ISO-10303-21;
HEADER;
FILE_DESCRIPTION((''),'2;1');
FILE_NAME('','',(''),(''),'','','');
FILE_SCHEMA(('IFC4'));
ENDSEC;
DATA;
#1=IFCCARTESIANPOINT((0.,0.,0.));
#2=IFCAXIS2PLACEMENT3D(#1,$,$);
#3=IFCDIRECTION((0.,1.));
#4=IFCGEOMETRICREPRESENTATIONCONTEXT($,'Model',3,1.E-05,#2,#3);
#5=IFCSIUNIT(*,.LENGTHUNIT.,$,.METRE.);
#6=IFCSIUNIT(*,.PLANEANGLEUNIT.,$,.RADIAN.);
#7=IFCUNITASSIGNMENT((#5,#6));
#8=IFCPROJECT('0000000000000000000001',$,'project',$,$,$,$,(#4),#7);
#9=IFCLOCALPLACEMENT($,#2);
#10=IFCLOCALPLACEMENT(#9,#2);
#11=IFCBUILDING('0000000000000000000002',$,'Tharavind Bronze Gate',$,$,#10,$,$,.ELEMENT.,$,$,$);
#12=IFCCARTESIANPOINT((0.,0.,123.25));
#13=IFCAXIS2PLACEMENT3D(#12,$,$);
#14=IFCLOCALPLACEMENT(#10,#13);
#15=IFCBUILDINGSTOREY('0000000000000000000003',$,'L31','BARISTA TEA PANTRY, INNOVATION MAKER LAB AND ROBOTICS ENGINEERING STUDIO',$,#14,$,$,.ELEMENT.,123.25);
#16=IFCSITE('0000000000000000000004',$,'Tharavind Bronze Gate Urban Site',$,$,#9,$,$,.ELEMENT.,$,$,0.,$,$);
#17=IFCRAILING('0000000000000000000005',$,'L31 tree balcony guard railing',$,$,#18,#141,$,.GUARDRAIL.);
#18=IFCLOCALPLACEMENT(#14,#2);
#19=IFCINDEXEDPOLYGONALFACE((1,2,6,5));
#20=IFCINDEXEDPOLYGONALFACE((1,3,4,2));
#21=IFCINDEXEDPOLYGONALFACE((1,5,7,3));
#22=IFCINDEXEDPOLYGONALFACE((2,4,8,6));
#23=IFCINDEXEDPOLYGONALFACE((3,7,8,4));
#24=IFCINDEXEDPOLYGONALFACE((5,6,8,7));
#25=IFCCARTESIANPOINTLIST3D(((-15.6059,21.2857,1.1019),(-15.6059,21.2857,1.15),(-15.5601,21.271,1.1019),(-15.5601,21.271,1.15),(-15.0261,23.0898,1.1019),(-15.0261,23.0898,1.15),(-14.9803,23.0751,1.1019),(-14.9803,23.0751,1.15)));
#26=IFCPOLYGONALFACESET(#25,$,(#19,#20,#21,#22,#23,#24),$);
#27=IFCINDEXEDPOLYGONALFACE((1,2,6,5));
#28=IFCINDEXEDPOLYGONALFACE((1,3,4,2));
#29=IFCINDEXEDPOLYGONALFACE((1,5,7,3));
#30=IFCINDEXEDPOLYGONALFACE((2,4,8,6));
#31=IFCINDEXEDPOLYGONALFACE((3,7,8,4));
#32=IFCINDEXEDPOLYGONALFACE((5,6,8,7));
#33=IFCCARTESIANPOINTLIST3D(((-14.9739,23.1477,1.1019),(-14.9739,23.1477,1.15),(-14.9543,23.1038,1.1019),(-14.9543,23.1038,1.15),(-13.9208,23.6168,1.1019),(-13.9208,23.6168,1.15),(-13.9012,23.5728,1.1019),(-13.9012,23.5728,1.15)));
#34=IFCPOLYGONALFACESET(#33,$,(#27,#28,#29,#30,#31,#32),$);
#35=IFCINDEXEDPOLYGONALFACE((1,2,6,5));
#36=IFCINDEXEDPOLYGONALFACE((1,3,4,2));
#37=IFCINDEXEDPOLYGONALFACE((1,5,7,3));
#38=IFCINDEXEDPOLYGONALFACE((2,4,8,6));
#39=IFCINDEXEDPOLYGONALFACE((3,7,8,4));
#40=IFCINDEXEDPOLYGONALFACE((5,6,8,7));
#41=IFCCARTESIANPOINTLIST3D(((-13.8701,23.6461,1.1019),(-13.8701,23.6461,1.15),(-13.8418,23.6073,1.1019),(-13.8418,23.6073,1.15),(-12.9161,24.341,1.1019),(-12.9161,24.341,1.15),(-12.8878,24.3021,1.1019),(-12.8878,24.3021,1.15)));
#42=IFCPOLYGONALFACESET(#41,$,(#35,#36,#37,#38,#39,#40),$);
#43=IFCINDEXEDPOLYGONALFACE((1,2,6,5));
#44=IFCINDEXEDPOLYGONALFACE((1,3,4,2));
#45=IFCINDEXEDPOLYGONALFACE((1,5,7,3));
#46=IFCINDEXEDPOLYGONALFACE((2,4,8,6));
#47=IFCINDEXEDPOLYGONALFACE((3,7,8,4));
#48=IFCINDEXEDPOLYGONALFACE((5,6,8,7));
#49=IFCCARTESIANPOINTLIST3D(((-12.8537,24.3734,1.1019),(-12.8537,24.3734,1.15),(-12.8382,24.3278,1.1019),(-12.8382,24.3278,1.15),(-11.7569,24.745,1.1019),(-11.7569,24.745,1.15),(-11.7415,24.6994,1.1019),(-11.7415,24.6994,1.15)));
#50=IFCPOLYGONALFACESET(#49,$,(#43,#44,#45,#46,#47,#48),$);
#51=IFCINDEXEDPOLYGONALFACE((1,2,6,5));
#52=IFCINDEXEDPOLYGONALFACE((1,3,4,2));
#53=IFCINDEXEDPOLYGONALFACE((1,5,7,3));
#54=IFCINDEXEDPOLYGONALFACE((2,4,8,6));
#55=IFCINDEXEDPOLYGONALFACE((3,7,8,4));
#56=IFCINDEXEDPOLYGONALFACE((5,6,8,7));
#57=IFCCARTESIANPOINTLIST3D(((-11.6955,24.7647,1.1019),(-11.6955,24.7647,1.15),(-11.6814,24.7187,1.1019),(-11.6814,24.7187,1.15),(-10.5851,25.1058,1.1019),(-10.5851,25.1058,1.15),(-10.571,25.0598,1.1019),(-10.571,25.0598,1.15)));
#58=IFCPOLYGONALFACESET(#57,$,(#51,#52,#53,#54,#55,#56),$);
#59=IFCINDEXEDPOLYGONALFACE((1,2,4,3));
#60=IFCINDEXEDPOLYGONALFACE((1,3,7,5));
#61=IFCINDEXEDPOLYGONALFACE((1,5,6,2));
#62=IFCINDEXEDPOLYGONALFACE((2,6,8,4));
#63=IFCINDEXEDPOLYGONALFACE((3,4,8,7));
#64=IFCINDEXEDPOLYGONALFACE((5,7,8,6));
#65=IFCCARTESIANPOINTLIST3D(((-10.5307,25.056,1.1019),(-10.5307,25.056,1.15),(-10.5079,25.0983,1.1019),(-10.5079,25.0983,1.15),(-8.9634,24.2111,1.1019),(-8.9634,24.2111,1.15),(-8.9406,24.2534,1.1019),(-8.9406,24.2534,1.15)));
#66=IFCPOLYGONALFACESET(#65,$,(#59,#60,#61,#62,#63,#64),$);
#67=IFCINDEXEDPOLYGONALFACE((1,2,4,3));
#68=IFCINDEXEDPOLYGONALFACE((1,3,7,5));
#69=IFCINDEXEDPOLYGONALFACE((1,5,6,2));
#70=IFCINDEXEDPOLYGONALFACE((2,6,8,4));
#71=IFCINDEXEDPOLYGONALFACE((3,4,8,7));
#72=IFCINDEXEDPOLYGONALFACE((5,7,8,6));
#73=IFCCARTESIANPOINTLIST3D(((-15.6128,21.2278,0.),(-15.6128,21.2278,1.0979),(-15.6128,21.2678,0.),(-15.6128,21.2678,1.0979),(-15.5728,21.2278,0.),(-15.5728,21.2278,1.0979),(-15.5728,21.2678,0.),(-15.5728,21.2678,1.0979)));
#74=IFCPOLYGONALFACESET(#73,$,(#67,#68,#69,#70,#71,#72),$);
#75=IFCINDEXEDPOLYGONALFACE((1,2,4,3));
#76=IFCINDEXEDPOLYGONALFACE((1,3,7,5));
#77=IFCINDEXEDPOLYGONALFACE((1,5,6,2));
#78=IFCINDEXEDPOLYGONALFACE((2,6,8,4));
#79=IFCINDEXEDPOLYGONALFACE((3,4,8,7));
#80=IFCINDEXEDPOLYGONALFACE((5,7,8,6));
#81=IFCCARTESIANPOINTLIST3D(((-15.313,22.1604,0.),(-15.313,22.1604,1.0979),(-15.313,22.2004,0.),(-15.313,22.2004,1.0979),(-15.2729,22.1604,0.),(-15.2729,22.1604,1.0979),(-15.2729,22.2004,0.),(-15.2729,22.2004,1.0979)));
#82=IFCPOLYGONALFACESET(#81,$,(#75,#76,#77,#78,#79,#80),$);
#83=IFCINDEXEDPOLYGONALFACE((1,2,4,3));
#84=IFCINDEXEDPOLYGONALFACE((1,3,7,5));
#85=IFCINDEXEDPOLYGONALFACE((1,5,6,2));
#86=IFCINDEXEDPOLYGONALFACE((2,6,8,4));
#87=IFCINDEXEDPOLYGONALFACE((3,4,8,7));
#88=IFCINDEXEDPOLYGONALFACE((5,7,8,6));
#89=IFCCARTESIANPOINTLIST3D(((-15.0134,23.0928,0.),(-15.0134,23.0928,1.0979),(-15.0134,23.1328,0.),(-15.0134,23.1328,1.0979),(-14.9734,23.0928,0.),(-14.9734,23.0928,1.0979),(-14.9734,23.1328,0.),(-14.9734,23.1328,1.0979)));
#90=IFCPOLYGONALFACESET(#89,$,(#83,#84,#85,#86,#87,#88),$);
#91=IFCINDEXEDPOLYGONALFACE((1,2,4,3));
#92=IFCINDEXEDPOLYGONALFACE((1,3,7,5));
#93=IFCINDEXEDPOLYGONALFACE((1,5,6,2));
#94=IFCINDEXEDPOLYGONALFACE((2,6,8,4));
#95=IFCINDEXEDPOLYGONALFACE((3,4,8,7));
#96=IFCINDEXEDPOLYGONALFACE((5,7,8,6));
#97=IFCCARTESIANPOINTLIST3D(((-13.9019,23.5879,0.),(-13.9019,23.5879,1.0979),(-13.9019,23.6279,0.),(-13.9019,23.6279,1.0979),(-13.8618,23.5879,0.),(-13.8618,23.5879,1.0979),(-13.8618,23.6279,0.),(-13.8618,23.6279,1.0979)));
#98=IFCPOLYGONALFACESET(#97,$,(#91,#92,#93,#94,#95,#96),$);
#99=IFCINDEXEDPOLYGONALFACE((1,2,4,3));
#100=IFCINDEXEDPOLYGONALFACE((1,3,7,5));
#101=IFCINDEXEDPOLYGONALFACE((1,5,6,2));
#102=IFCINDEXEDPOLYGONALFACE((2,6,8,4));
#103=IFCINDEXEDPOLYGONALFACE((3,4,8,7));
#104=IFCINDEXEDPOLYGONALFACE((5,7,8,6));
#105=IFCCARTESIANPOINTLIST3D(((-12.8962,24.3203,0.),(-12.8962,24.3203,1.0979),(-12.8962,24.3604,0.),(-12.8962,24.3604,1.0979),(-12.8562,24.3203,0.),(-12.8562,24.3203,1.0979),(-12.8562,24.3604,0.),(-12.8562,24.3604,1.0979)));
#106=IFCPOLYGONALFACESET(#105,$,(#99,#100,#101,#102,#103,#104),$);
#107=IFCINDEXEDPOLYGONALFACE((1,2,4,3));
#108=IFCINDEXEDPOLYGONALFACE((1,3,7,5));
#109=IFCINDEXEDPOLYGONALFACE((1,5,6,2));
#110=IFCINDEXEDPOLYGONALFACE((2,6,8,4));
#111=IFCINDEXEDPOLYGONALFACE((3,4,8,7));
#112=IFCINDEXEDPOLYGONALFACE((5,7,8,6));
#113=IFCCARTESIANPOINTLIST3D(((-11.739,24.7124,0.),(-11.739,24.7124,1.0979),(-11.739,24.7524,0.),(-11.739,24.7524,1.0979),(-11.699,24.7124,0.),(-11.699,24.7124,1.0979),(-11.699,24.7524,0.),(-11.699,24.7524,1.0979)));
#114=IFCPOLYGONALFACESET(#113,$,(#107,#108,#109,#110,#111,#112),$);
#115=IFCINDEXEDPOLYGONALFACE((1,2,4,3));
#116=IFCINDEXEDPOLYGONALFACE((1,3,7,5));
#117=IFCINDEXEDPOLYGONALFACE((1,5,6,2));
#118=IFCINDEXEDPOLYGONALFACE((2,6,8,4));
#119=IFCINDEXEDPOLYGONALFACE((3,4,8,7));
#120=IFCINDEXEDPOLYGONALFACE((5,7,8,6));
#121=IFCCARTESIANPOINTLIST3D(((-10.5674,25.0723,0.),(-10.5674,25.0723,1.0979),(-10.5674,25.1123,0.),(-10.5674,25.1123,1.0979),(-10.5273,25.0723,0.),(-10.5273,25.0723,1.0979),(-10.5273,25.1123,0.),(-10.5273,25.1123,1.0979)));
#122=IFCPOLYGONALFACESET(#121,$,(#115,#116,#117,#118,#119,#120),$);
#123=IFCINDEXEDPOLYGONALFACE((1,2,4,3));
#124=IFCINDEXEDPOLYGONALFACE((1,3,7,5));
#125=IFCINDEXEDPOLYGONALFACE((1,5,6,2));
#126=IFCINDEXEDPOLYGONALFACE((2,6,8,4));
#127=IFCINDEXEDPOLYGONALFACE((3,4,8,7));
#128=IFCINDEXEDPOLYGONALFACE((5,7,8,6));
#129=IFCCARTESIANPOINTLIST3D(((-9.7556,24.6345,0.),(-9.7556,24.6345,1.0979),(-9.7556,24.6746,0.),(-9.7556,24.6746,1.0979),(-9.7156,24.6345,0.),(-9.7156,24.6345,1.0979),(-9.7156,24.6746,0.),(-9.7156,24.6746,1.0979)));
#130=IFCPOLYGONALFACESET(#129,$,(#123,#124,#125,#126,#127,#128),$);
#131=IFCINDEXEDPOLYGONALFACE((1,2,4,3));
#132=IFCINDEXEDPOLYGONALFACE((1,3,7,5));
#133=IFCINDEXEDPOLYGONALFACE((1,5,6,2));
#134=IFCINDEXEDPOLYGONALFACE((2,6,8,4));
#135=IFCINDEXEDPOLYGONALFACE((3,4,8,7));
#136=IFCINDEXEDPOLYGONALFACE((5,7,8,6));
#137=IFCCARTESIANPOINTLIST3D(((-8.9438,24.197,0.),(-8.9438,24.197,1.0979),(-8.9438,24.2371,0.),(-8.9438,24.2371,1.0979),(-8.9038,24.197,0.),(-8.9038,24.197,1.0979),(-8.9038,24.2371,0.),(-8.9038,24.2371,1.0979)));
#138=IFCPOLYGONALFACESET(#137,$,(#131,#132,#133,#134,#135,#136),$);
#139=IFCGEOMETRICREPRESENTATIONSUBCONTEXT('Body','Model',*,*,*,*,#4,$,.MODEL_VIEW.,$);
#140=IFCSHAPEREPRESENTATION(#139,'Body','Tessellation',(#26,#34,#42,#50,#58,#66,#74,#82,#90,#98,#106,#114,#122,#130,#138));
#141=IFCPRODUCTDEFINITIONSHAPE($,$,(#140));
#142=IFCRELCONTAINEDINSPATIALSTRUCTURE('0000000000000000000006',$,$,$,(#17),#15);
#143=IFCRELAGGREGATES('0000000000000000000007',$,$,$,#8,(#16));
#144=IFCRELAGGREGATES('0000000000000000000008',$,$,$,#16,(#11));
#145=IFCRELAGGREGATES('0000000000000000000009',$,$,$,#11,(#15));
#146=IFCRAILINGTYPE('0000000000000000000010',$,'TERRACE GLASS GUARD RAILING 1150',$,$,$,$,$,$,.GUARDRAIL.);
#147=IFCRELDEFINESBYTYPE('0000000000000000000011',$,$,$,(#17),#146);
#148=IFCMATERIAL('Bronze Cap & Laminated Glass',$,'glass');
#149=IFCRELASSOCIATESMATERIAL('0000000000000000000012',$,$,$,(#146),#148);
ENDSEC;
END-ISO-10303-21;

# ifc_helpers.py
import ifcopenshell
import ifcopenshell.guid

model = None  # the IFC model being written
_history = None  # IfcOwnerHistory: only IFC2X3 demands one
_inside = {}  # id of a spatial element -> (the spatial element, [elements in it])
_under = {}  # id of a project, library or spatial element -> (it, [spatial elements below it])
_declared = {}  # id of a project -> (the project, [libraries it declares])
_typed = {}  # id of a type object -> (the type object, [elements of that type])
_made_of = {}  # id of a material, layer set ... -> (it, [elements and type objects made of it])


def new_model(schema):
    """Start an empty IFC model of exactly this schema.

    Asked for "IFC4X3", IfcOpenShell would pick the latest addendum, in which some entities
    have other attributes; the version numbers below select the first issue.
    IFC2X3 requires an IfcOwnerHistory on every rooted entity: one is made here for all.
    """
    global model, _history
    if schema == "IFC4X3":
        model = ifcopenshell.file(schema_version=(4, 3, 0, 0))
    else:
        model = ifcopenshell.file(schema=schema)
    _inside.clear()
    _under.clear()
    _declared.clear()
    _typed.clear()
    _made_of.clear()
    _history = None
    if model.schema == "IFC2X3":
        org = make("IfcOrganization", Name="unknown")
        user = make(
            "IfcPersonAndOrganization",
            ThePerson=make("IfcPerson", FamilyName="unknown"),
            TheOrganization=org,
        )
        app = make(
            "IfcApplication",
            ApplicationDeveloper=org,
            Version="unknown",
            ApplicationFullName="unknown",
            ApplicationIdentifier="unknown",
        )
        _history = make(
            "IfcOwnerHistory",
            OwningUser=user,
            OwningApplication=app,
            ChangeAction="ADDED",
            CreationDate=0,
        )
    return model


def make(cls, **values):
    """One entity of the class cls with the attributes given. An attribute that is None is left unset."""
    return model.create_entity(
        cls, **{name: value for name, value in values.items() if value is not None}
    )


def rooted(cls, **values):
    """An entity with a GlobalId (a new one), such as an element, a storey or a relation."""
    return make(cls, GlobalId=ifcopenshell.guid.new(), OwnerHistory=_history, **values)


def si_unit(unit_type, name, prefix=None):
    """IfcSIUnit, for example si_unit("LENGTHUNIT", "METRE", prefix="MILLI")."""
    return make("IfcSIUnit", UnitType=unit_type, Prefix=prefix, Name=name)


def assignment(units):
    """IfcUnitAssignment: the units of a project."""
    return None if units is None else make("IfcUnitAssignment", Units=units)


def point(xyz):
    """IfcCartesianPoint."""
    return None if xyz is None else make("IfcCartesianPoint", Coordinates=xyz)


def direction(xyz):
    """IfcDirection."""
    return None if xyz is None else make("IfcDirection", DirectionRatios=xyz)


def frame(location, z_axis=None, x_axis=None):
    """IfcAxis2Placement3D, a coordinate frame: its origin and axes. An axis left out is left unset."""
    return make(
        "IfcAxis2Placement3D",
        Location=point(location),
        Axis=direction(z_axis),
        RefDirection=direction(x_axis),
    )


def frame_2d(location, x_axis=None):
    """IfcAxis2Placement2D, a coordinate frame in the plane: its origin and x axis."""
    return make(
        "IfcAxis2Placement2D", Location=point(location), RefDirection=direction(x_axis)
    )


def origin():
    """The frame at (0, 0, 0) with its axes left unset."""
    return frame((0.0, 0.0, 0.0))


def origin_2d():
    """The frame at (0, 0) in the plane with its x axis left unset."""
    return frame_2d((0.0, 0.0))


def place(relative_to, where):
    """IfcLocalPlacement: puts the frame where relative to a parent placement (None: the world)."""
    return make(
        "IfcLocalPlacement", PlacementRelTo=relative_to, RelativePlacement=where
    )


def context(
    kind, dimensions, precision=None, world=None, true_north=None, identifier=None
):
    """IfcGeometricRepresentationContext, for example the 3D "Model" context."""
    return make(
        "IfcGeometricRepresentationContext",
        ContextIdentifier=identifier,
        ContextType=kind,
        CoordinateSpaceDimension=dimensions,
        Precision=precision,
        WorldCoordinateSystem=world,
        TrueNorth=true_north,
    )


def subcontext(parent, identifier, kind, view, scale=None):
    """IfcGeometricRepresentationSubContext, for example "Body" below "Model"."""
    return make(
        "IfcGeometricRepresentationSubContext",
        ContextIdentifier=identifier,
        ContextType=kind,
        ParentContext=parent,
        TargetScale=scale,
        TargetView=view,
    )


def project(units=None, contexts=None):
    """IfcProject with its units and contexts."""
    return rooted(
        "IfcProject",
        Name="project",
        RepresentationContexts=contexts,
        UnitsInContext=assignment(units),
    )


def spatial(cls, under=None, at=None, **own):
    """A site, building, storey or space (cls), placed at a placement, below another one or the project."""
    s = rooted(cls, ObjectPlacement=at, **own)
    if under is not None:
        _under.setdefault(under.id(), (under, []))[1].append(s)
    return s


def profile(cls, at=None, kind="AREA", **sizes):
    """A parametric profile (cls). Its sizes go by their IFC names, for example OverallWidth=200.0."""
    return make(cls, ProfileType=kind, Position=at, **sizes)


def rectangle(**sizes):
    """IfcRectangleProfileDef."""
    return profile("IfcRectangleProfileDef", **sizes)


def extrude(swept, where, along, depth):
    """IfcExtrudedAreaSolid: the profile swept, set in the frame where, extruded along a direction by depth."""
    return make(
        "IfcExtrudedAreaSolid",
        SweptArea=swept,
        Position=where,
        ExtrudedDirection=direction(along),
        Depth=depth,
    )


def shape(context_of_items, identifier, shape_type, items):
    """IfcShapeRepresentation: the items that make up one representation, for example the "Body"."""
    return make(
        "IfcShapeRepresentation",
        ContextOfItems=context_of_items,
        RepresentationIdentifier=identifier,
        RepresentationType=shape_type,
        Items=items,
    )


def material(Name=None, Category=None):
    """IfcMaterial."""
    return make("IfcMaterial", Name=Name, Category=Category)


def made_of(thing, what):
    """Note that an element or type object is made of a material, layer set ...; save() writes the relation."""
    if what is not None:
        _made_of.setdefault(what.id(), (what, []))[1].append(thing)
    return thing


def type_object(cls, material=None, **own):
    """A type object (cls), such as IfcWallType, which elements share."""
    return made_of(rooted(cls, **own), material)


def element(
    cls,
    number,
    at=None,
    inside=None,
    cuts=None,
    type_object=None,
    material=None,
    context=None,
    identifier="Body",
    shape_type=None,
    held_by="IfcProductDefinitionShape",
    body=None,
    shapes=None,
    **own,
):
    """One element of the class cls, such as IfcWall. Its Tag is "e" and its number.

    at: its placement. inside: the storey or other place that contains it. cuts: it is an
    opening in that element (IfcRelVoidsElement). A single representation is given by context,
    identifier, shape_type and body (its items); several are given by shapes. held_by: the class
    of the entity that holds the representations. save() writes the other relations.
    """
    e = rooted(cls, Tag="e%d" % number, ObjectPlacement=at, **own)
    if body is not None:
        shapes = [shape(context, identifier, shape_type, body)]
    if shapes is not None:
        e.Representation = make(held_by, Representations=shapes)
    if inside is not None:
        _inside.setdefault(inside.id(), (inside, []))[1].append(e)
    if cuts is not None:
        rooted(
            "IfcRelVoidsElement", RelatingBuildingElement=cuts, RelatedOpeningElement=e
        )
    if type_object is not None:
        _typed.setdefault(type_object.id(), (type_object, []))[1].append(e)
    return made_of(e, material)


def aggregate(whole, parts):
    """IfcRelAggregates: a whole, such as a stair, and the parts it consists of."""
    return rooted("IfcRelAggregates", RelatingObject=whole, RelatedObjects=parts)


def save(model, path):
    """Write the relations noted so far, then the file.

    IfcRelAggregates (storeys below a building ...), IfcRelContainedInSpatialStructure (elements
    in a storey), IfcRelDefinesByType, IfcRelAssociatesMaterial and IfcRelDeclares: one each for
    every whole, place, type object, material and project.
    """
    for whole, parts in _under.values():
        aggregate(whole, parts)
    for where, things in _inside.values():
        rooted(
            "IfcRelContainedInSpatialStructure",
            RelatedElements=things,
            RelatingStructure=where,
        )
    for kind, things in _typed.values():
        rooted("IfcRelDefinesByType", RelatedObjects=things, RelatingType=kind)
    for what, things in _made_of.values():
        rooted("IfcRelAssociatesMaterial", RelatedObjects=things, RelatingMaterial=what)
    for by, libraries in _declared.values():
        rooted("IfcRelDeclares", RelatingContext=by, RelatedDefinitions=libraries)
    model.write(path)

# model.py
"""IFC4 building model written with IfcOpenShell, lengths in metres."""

from ifc_helpers import new_model, si_unit, direction, frame, origin, origin_2d, place, context, subcontext, project, spatial, rectangle, extrude, material, type_object, element, save


model = new_model("IFC4")

# Units and contexts
model_context = context("Model", 3, precision=1e-05, world=origin(), true_north=direction((0.0, 1.0)))
body_context = subcontext(model_context, "Body", "Model", "MODEL_VIEW")
ifc_project = project(units=[si_unit("LENGTHUNIT", "METRE"), si_unit("PLANEANGLEUNIT", "RADIAN")], contexts=[model_context])

# Site, building, storey
site_placement = place(None, origin())
site = spatial("IfcSite", under=ifc_project, at=site_placement, Name="Tharavind Bronze Gate Urban Site", CompositionType="ELEMENT", RefElevation=0.0)
building_placement = place(site_placement, origin())
building = spatial("IfcBuilding", under=site, at=building_placement, Name="Tharavind Bronze Gate", CompositionType="ELEMENT")
storey_placement = place(building_placement, frame((0.0, 0.0, 123.25)))
storey = spatial("IfcBuildingStorey", under=building, at=storey_placement, Name="L31", Description="BARISTA TEA PANTRY, INNOVATION MAKER LAB AND ROBOTICS ENGINEERING STUDIO", CompositionType="ELEMENT", Elevation=123.25)

# Railing
ifc_material_1 = material(Name="Bronze Cap & Laminated Glass", Category="glass")
railing_type = type_object("IfcRailingType", Name="TERRACE GLASS GUARD RAILING 1150", PredefinedType="GUARDRAIL", material=ifc_material_1)
railing_placement = place(storey_placement, frame((-15.5928, 21.2478, 0.0)))
element("IfcRailing", 1, at=railing_placement, inside=storey, type_object=railing_type, Name="L31 tree balcony guard railing", PredefinedType="GUARDRAIL", context=body_context, shape_type="SweptSolid", body=[
    extrude(rectangle(XDim=0.0481, YDim=0.0481, at=origin_2d()), frame((0.0098, 0.0305, 1.126), z_axis=(0.305965, 0.952043, 0.0), x_axis=(-0.952043, 0.305965, 0.0)), (0.0, 0.0, 1.0), 1.895),
    extrude(rectangle(XDim=0.0481, YDim=0.0481, at=origin_2d()), frame((0.6287, 1.8779, 1.126), z_axis=(0.91348, 0.406883, 0.0), x_axis=(-0.406883, 0.91348, 0.0)), (0.0, 0.0, 1.0), 1.1528),
    extrude(rectangle(XDim=0.0481, YDim=0.0481, at=origin_2d()), frame((1.7368, 2.3789, 1.126), z_axis=(0.808329, 0.588732, 0.0), x_axis=(-0.588732, 0.808329, 0.0)), (0.0, 0.0, 1.0), 1.1802),
    extrude(rectangle(XDim=0.0481, YDim=0.0481, at=origin_2d()), frame((2.7468, 3.1028, 1.126), z_axis=(0.947113, 0.3209, 0.0), x_axis=(-0.3209, 0.947113, 0.0)), (0.0, 0.0, 1.0), 1.158),
    extrude(rectangle(XDim=0.0481, YDim=0.0481, at=origin_2d()), frame((3.9043, 3.4939, 1.126), z_axis=(0.955925, 0.29361, 0.0), x_axis=(-0.29361, 0.955925, 0.0)), (0.0, 0.0, 1.0), 1.1616),
    extrude(rectangle(XDim=0.0481, YDim=0.0481, at=origin_2d()), frame((5.0735, 3.8293, 1.126), z_axis=(0.880237, -0.474534, 0.0), x_axis=(0.474534, 0.880237, 0.0)), (0.0, 0.0, 1.0), 1.7805),
    extrude(rectangle(XDim=0.04, YDim=0.04, at=origin_2d()), origin(), (0.0, 0.0, 1.0), 1.0979),
    extrude(rectangle(XDim=0.04, YDim=0.04, at=origin_2d()), frame((0.2998, 0.9326, 0.0)), (0.0, 0.0, 1.0), 1.0979),
    extrude(rectangle(XDim=0.04, YDim=0.04, at=origin_2d()), frame((0.5994, 1.865, 0.0)), (0.0, 0.0, 1.0), 1.0979),
    extrude(rectangle(XDim=0.04, YDim=0.04, at=origin_2d()), frame((1.7109, 2.3601, 0.0)), (0.0, 0.0, 1.0), 1.0979),
    extrude(rectangle(XDim=0.04, YDim=0.04, at=origin_2d()), frame((2.7166, 3.0925, 0.0)), (0.0, 0.0, 1.0), 1.0979),
    extrude(rectangle(XDim=0.04, YDim=0.04, at=origin_2d()), frame((3.8738, 3.4846, 0.0)), (0.0, 0.0, 1.0), 1.0979),
    extrude(rectangle(XDim=0.04, YDim=0.04, at=origin_2d()), frame((5.0454, 3.8445, 0.0)), (0.0, 0.0, 1.0), 1.0979),
    extrude(rectangle(XDim=0.04, YDim=0.04, at=origin_2d()), frame((5.8572, 3.4067, 0.0)), (0.0, 0.0, 1.0), 1.0979),
    extrude(rectangle(XDim=0.04, YDim=0.04, at=origin_2d()), frame((6.6689, 2.9692, 0.0)), (0.0, 0.0, 1.0), 1.0979),
])

save(model, "model.ifc")
